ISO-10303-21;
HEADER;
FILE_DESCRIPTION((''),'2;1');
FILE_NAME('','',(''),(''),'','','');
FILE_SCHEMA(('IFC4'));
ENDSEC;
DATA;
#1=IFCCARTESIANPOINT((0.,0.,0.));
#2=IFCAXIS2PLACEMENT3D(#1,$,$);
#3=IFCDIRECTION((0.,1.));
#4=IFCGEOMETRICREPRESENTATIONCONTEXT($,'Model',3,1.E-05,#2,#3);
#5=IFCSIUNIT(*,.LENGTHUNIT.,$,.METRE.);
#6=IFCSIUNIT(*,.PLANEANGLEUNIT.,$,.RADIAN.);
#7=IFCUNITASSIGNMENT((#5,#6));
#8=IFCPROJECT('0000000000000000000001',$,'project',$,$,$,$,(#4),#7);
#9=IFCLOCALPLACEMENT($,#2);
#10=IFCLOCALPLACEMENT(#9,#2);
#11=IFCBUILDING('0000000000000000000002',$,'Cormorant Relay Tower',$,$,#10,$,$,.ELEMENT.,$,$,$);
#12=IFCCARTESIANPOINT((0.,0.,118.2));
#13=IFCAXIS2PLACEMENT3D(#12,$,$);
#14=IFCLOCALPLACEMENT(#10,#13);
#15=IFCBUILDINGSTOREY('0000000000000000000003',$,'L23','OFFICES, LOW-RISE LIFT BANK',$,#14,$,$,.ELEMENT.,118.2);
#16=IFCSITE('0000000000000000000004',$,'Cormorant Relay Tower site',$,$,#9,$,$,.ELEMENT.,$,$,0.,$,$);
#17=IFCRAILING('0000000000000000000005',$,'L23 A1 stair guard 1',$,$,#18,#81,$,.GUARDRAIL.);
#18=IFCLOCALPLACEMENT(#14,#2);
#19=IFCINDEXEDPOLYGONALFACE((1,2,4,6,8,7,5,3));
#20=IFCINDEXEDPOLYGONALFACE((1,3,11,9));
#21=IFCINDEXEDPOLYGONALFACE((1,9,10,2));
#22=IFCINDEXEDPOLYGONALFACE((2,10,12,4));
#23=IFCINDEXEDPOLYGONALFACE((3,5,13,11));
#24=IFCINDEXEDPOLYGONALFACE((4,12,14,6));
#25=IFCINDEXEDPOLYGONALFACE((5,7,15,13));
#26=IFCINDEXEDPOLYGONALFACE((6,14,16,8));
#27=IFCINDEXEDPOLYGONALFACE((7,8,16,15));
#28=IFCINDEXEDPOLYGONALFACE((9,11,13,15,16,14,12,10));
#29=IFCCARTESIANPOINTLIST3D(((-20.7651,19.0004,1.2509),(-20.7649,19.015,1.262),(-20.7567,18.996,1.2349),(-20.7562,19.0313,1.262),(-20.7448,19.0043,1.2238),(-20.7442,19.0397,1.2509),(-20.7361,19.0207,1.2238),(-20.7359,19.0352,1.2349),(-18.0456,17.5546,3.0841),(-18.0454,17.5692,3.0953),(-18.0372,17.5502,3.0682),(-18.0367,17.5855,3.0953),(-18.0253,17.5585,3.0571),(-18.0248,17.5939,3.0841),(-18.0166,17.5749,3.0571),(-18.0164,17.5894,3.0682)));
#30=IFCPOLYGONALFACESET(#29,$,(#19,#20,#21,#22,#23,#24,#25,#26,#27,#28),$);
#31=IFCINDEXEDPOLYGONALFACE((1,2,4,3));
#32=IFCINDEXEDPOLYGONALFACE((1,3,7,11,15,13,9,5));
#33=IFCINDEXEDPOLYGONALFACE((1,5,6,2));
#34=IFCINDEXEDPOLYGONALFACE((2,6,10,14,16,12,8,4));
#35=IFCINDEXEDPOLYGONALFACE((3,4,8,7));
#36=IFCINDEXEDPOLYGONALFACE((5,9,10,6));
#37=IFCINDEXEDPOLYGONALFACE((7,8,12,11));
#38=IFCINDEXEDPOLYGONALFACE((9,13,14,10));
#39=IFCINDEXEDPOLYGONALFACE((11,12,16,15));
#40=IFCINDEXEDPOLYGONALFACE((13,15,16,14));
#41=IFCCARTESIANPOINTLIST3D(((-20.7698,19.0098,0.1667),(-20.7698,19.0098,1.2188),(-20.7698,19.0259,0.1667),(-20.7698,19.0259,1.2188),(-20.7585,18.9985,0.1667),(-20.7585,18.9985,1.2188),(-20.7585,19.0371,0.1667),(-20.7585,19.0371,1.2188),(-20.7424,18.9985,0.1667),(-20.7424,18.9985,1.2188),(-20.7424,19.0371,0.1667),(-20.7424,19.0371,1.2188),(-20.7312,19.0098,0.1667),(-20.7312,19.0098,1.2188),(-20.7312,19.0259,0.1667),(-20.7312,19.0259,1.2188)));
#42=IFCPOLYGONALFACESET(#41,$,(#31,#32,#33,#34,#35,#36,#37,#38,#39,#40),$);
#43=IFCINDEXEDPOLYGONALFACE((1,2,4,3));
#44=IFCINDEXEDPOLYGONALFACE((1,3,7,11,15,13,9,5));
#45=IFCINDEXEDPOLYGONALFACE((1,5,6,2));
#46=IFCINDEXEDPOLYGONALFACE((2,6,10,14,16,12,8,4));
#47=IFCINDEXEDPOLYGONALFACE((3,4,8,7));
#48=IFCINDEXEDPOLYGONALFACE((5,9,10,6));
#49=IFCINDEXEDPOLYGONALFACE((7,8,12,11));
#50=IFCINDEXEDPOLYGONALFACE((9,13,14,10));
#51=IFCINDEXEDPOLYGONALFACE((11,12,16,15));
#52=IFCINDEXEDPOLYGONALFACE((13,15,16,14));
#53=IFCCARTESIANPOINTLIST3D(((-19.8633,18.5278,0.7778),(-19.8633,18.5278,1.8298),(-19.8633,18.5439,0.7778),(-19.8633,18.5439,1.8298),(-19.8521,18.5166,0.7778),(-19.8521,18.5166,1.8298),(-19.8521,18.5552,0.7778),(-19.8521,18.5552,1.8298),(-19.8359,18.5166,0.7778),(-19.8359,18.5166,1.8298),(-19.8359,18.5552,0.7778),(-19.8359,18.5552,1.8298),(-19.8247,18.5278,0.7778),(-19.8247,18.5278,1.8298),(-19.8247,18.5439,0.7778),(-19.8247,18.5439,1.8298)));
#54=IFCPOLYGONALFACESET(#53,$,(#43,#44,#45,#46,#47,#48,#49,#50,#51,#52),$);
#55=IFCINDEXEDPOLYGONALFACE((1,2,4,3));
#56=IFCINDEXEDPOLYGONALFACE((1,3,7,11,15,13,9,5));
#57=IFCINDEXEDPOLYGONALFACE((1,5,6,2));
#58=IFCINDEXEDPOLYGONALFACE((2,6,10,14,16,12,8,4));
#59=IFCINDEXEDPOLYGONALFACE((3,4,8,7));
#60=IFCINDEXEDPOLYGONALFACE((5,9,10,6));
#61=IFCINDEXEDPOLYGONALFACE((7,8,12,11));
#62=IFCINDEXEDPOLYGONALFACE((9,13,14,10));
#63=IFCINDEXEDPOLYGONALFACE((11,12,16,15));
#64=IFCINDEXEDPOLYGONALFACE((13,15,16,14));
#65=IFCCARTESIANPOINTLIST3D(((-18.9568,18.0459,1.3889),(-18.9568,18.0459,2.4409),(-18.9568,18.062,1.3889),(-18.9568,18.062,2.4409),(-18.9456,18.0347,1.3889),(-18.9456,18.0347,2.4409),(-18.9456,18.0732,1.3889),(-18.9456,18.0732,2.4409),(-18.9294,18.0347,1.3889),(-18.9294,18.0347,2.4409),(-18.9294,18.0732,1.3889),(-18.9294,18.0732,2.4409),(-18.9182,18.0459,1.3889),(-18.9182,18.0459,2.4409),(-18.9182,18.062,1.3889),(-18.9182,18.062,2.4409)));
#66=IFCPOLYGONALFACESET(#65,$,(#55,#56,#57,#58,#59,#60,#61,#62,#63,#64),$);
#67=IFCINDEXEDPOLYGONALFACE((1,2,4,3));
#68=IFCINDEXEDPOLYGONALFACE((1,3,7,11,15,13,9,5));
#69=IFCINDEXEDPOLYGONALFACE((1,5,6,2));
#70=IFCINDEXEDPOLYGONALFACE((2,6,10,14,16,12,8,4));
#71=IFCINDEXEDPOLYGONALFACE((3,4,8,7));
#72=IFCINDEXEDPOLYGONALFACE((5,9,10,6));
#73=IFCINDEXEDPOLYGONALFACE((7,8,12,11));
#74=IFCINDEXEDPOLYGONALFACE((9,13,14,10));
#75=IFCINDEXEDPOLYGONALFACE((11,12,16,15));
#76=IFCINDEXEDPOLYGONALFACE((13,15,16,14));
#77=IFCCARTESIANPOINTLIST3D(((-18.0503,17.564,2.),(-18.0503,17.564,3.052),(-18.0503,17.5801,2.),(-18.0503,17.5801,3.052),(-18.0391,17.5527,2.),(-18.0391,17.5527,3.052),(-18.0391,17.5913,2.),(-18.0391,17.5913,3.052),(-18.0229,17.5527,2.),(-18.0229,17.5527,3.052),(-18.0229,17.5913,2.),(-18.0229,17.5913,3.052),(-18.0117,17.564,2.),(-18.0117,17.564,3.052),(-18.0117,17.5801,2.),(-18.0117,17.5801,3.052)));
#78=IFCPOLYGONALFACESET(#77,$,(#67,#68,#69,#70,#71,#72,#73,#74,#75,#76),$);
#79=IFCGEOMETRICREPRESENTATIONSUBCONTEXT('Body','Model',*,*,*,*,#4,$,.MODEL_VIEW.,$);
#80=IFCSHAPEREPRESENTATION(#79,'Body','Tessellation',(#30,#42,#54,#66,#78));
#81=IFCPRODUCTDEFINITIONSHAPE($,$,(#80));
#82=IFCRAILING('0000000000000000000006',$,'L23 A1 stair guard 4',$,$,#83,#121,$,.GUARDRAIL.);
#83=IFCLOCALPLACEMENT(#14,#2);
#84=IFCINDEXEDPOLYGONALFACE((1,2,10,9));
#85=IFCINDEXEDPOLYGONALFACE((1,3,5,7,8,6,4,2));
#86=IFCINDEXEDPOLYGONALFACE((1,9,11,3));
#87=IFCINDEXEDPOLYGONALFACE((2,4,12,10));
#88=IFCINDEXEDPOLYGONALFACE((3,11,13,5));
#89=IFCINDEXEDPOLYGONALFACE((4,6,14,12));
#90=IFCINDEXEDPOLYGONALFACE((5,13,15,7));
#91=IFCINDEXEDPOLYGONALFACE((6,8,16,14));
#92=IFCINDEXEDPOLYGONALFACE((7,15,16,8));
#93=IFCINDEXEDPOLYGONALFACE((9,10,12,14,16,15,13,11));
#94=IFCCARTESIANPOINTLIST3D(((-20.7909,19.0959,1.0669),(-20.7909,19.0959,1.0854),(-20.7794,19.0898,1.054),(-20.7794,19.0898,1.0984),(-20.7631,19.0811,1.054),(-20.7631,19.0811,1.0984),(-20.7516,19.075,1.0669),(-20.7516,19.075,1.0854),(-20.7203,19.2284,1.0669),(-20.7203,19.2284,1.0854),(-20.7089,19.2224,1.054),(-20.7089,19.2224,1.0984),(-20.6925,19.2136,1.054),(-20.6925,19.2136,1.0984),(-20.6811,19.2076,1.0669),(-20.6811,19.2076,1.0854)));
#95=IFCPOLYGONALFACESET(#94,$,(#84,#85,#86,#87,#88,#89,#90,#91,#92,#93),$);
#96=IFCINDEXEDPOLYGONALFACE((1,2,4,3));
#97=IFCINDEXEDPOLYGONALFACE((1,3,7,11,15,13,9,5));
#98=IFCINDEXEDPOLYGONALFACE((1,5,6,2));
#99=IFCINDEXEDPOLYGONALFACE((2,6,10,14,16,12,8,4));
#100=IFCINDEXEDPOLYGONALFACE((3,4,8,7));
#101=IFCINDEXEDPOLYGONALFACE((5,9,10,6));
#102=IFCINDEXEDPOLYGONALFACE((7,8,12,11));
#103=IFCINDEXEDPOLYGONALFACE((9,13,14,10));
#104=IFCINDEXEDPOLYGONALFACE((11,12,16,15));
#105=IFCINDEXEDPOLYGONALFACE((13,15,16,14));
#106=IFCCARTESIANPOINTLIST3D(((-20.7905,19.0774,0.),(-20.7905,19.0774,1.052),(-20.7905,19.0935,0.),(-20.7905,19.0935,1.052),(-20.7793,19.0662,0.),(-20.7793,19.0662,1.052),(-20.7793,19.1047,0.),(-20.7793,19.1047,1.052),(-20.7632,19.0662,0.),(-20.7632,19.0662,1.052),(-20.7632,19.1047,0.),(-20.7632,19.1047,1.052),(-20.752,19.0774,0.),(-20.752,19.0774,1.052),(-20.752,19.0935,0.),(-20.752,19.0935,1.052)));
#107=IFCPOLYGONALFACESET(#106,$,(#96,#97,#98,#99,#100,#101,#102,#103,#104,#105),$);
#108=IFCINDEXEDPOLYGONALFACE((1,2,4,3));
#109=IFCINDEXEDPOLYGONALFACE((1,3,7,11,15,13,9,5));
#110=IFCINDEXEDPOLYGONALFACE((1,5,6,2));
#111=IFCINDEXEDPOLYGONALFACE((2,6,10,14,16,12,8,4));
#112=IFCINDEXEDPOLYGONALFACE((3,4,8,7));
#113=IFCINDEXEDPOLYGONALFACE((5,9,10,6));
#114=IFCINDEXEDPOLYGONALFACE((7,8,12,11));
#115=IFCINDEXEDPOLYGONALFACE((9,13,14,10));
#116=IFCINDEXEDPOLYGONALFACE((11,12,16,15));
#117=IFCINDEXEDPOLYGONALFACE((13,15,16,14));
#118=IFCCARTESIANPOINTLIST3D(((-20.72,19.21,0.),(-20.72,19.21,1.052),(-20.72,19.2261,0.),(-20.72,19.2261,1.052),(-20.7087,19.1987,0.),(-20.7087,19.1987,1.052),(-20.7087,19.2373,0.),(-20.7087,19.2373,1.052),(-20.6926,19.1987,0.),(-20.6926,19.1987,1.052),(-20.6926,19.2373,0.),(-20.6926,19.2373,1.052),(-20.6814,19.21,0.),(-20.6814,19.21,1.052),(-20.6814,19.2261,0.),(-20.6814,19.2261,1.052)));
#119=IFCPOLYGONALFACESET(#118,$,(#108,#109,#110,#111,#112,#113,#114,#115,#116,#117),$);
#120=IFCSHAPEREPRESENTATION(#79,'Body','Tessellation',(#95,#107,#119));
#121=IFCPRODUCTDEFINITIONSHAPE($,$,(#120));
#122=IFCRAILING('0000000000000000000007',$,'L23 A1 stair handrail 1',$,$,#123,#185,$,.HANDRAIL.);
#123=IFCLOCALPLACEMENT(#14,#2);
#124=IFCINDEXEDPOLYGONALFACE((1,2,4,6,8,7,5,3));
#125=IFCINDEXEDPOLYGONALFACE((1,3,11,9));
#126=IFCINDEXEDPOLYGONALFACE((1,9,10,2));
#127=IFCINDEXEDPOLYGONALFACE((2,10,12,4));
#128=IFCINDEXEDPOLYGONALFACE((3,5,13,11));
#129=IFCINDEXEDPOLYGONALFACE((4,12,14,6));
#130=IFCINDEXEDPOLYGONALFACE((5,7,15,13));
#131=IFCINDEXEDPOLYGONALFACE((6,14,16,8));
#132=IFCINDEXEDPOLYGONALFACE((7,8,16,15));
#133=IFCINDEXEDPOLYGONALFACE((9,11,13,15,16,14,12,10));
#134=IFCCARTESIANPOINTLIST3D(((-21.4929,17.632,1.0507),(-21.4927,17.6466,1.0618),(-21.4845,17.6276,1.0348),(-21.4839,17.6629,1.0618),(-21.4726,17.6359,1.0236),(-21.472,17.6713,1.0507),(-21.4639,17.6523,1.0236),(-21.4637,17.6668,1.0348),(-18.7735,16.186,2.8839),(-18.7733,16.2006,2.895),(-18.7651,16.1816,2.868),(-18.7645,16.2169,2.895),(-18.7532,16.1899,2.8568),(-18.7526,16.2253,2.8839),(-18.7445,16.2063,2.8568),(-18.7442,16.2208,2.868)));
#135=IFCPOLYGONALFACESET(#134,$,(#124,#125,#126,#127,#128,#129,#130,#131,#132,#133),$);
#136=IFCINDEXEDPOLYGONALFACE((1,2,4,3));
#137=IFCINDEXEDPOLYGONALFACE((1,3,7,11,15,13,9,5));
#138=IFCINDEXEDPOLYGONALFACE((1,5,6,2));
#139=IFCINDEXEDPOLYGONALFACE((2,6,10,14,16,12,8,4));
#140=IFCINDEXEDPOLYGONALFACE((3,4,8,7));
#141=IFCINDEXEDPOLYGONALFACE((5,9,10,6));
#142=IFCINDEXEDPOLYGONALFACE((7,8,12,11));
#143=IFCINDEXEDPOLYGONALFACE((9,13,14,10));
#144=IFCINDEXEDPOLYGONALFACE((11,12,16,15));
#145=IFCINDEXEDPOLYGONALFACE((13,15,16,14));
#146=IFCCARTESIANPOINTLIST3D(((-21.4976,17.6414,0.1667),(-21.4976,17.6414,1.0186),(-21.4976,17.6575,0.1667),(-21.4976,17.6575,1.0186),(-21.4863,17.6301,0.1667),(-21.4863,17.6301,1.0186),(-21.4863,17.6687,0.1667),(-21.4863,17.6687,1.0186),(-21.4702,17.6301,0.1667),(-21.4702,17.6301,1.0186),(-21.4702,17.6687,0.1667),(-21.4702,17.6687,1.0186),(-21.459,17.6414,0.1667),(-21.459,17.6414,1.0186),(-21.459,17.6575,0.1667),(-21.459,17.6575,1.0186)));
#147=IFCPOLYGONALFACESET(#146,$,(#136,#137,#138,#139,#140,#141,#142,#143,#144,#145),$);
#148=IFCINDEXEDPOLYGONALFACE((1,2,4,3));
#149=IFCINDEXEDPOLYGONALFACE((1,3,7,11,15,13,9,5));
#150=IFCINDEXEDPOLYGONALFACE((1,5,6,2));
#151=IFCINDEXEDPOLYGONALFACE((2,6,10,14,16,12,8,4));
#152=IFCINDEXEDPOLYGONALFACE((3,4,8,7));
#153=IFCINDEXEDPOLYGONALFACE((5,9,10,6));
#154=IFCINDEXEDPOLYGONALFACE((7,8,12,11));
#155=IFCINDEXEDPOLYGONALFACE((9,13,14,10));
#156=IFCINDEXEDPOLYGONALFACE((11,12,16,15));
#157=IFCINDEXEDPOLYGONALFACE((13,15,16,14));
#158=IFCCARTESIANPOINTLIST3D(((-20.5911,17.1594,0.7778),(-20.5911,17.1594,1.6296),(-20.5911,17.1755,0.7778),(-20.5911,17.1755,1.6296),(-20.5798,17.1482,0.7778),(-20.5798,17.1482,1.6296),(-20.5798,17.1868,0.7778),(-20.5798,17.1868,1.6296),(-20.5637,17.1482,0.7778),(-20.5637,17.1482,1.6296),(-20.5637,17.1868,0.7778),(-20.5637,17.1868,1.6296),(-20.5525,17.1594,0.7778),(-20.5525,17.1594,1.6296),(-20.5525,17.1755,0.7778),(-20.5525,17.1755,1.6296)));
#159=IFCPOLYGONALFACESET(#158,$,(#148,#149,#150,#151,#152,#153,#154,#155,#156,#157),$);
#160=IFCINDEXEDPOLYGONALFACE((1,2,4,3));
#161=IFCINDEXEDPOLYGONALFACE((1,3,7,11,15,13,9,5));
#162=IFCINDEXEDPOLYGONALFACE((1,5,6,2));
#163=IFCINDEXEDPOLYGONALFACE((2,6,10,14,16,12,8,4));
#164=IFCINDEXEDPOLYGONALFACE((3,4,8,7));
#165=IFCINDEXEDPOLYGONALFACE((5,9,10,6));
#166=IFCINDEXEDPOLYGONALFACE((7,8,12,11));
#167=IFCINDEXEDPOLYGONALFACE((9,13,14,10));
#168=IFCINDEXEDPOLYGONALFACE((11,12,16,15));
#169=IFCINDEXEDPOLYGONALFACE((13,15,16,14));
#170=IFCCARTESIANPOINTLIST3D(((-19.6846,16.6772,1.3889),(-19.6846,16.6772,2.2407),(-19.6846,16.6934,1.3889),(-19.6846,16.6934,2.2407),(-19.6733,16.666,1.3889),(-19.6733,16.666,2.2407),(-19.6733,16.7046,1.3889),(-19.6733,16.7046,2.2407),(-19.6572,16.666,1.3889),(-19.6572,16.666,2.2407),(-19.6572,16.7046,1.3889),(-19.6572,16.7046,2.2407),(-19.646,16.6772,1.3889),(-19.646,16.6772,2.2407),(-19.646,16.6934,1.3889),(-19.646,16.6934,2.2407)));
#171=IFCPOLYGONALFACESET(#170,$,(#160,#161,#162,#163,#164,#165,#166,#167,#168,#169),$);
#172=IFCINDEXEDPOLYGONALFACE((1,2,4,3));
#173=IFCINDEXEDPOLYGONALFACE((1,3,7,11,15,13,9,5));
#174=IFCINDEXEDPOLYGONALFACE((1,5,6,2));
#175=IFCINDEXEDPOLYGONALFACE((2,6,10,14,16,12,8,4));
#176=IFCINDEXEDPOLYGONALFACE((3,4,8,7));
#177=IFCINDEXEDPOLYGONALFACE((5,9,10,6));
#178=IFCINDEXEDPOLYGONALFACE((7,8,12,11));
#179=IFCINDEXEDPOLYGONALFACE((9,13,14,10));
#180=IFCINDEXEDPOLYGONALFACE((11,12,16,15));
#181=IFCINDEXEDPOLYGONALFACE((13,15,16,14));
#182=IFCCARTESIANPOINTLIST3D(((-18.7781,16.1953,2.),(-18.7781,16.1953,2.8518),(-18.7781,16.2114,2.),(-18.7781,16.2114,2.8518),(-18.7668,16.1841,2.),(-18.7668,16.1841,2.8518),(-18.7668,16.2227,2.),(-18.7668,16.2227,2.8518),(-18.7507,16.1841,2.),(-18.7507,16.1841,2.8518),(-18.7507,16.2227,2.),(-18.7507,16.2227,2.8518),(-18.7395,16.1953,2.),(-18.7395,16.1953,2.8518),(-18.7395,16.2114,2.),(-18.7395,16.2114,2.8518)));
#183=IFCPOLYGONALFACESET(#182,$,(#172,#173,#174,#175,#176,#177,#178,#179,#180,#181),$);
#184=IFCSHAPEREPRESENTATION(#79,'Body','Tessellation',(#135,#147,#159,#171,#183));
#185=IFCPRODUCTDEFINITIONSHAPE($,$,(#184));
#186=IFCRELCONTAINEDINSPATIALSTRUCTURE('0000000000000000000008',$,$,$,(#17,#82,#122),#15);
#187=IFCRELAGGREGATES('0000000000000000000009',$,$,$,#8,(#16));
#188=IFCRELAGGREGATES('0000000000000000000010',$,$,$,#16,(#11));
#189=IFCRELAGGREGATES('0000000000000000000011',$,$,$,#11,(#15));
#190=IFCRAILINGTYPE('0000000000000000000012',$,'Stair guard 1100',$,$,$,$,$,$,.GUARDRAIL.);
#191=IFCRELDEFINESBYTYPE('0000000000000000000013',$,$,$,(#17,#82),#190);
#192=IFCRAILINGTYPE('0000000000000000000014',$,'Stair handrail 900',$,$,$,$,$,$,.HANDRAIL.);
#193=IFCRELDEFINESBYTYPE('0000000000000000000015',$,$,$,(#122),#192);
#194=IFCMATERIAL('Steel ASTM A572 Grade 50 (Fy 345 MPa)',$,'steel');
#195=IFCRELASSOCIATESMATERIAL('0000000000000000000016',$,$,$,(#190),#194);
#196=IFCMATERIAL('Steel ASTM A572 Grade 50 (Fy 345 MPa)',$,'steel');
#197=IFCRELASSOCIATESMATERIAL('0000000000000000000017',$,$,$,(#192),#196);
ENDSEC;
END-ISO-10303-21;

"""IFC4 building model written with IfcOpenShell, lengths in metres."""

from ifc_helpers import new_model, si_unit, direction, frame, origin, place, context, subcontext, project, spatial, polyline, outline, extrude, material, type_object, element, save


model = new_model("IFC4")

# Units and contexts
model_context = context("Model", 3, precision=1e-05, world=origin(), true_north=direction((0.0, 1.0)))
body_context = subcontext(model_context, "Body", "Model", "MODEL_VIEW")
ifc_project = project(units=[si_unit("LENGTHUNIT", "METRE"), si_unit("PLANEANGLEUNIT", "RADIAN")], contexts=[model_context])

# Site, building, storey
site_placement = place(None, origin())
site = spatial("IfcSite", under=ifc_project, at=site_placement, Name="Cormorant Relay Tower site", CompositionType="ELEMENT", RefElevation=0.0)
building_placement = place(site_placement, origin())
building = spatial("IfcBuilding", under=site, at=building_placement, Name="Cormorant Relay Tower", CompositionType="ELEMENT")
storey_placement = place(building_placement, frame((0.0, 0.0, 118.2)))
storey = spatial("IfcBuildingStorey", under=building, at=storey_placement, Name="L23", Description="OFFICES, LOW-RISE LIFT BANK", CompositionType="ELEMENT", Elevation=118.2)

# Railings
ifc_material_1 = material(Name="Steel ASTM A572 Grade 50 (Fy 345 MPa)", Category="steel")
railing_type_1 = type_object("IfcRailingType", Name="Stair guard 1100", PredefinedType="GUARDRAIL", material=ifc_material_1)
railing_1_placement = place(storey_placement, frame((-20.7505, 19.0178, 0.1667)))
element("IfcRailing", 1, at=railing_1_placement, inside=storey, type_object=railing_type_1, Name="L23 A1 stair guard 1", PredefinedType="GUARDRAIL", context=body_context, shape_type="SweptSolid", body=[
    extrude(outline(polyline([(0.0222, 0.0093), (0.0093, 0.0222), (-0.0093, 0.0222), (-0.0222, 0.0093), (-0.0222, -0.0093), (-0.0093, -0.0222), (0.0093, -0.0222), (0.0222, -0.0093), (0.0222, 0.0093)])), frame((0.0, 0.0, 1.0762), z_axis=(0.758735, -0.403378, 0.511477), x_axis=(0.469428, 0.882971, 0.0)), (0.0, 0.0, 1.0), 3.5842),
    extrude(outline(polyline([(0.0193, 0.0081), (0.0081, 0.0193), (-0.0081, 0.0193), (-0.0193, 0.0081), (-0.0193, -0.0081), (-0.0081, -0.0193), (0.0081, -0.0193), (0.0193, -0.0081), (0.0193, 0.0081)])), origin(), (0.0, 0.0, 1.0), 1.052),
    extrude(outline(polyline([(0.0193, 0.0081), (0.0081, 0.0193), (-0.0081, 0.0193), (-0.0193, 0.0081), (-0.0193, -0.0081), (-0.0081, -0.0193), (0.0081, -0.0193), (0.0193, -0.0081), (0.0193, 0.0081)])), frame((0.9065, -0.4819, 0.6111)), (0.0, 0.0, 1.0), 1.052),
    extrude(outline(polyline([(0.0193, 0.0081), (0.0081, 0.0193), (-0.0081, 0.0193), (-0.0193, 0.0081), (-0.0193, -0.0081), (-0.0081, -0.0193), (0.0081, -0.0193), (0.0193, -0.0081), (0.0193, 0.0081)])), frame((1.813, -0.9639, 1.2222)), (0.0, 0.0, 1.0), 1.052),
    extrude(outline(polyline([(0.0193, 0.0081), (0.0081, 0.0193), (-0.0081, 0.0193), (-0.0193, 0.0081), (-0.0193, -0.0081), (-0.0081, -0.0193), (0.0081, -0.0193), (0.0193, -0.0081), (0.0193, 0.0081)])), frame((2.7195, -1.4458, 1.8333)), (0.0, 0.0, 1.0), 1.052),
])
railing_2_placement = place(storey_placement, frame((-20.7712, 19.0854, 0.0)))
element("IfcRailing", 2, at=railing_2_placement, inside=storey, type_object=railing_type_1, Name="L23 A1 stair guard 4", PredefinedType="GUARDRAIL", context=body_context, shape_type="SweptSolid", body=[
    extrude(outline(polyline([(0.0222, 0.0093), (0.0093, 0.0222), (-0.0093, 0.0222), (-0.0222, 0.0093), (-0.0222, -0.0093), (-0.0093, -0.0222), (0.0093, -0.0222), (0.0222, -0.0093), (0.0222, 0.0093)])), frame((0.0, 0.0, 1.0762), z_axis=(0.469829, 0.882758, 0.0), x_axis=(-0.882758, 0.469829, 0.0)), (0.0, 0.0, 1.0), 0.1501),
    extrude(outline(polyline([(0.0193, 0.0081), (0.0081, 0.0193), (-0.0081, 0.0193), (-0.0193, 0.0081), (-0.0193, -0.0081), (-0.0081, -0.0193), (0.0081, -0.0193), (0.0193, -0.0081), (0.0193, 0.0081)])), origin(), (0.0, 0.0, 1.0), 1.052),
    extrude(outline(polyline([(0.0193, 0.0081), (0.0081, 0.0193), (-0.0081, 0.0193), (-0.0193, 0.0081), (-0.0193, -0.0081), (-0.0081, -0.0193), (0.0081, -0.0193), (0.0193, -0.0081), (0.0193, 0.0081)])), frame((0.0706, 0.1326, 0.0)), (0.0, 0.0, 1.0), 1.052),
])
ifc_material_2 = material(Name="Steel ASTM A572 Grade 50 (Fy 345 MPa)", Category="steel")
railing_type_2 = type_object("IfcRailingType", Name="Stair handrail 900", PredefinedType="HANDRAIL", material=ifc_material_2)
railing_3_placement = place(storey_placement, frame((-21.4783, 17.6494, 0.1667)))
element("IfcRailing", 3, at=railing_3_placement, inside=storey, type_object=railing_type_2, Name="L23 A1 stair handrail 1", PredefinedType="HANDRAIL", context=body_context, shape_type="SweptSolid", body=[
    extrude(outline(polyline([(0.0222, 0.0093), (0.0093, 0.0222), (-0.0093, 0.0222), (-0.0222, 0.0093), (-0.0222, -0.0093), (-0.0093, -0.0222), (0.0093, -0.0222), (0.0222, -0.0093), (0.0222, 0.0093)])), frame((0.0, 0.0, 0.876), z_axis=(0.758714, -0.403435, 0.511463), x_axis=(0.469489, 0.882938, 0.0)), (0.0, 0.0, 1.0), 3.5842),
    extrude(outline(polyline([(0.0193, 0.0081), (0.0081, 0.0193), (-0.0081, 0.0193), (-0.0193, 0.0081), (-0.0193, -0.0081), (-0.0081, -0.0193), (0.0081, -0.0193), (0.0193, -0.0081), (0.0193, 0.0081)])), origin(), (0.0, 0.0, 1.0), 0.8518),
    extrude(outline(polyline([(0.0193, 0.0081), (0.0081, 0.0193), (-0.0081, 0.0193), (-0.0193, 0.0081), (-0.0193, -0.0081), (-0.0081, -0.0193), (0.0081, -0.0193), (0.0193, -0.0081), (0.0193, 0.0081)])), frame((0.9065, -0.4819, 0.6111)), (0.0, 0.0, 1.0), 0.8518),
    extrude(outline(polyline([(0.0193, 0.0081), (0.0081, 0.0193), (-0.0081, 0.0193), (-0.0193, 0.0081), (-0.0193, -0.0081), (-0.0081, -0.0193), (0.0081, -0.0193), (0.0193, -0.0081), (0.0193, 0.0081)])), frame((1.813, -0.9641, 1.2222)), (0.0, 0.0, 1.0), 0.8518),
    extrude(outline(polyline([(0.0193, 0.0081), (0.0081, 0.0193), (-0.0081, 0.0193), (-0.0193, 0.0081), (-0.0193, -0.0081), (-0.0081, -0.0193), (0.0081, -0.0193), (0.0193, -0.0081), (0.0193, 0.0081)])), frame((2.7195, -1.446, 1.8333)), (0.0, 0.0, 1.0), 0.8518),
])

save(model, "model.ifc")
